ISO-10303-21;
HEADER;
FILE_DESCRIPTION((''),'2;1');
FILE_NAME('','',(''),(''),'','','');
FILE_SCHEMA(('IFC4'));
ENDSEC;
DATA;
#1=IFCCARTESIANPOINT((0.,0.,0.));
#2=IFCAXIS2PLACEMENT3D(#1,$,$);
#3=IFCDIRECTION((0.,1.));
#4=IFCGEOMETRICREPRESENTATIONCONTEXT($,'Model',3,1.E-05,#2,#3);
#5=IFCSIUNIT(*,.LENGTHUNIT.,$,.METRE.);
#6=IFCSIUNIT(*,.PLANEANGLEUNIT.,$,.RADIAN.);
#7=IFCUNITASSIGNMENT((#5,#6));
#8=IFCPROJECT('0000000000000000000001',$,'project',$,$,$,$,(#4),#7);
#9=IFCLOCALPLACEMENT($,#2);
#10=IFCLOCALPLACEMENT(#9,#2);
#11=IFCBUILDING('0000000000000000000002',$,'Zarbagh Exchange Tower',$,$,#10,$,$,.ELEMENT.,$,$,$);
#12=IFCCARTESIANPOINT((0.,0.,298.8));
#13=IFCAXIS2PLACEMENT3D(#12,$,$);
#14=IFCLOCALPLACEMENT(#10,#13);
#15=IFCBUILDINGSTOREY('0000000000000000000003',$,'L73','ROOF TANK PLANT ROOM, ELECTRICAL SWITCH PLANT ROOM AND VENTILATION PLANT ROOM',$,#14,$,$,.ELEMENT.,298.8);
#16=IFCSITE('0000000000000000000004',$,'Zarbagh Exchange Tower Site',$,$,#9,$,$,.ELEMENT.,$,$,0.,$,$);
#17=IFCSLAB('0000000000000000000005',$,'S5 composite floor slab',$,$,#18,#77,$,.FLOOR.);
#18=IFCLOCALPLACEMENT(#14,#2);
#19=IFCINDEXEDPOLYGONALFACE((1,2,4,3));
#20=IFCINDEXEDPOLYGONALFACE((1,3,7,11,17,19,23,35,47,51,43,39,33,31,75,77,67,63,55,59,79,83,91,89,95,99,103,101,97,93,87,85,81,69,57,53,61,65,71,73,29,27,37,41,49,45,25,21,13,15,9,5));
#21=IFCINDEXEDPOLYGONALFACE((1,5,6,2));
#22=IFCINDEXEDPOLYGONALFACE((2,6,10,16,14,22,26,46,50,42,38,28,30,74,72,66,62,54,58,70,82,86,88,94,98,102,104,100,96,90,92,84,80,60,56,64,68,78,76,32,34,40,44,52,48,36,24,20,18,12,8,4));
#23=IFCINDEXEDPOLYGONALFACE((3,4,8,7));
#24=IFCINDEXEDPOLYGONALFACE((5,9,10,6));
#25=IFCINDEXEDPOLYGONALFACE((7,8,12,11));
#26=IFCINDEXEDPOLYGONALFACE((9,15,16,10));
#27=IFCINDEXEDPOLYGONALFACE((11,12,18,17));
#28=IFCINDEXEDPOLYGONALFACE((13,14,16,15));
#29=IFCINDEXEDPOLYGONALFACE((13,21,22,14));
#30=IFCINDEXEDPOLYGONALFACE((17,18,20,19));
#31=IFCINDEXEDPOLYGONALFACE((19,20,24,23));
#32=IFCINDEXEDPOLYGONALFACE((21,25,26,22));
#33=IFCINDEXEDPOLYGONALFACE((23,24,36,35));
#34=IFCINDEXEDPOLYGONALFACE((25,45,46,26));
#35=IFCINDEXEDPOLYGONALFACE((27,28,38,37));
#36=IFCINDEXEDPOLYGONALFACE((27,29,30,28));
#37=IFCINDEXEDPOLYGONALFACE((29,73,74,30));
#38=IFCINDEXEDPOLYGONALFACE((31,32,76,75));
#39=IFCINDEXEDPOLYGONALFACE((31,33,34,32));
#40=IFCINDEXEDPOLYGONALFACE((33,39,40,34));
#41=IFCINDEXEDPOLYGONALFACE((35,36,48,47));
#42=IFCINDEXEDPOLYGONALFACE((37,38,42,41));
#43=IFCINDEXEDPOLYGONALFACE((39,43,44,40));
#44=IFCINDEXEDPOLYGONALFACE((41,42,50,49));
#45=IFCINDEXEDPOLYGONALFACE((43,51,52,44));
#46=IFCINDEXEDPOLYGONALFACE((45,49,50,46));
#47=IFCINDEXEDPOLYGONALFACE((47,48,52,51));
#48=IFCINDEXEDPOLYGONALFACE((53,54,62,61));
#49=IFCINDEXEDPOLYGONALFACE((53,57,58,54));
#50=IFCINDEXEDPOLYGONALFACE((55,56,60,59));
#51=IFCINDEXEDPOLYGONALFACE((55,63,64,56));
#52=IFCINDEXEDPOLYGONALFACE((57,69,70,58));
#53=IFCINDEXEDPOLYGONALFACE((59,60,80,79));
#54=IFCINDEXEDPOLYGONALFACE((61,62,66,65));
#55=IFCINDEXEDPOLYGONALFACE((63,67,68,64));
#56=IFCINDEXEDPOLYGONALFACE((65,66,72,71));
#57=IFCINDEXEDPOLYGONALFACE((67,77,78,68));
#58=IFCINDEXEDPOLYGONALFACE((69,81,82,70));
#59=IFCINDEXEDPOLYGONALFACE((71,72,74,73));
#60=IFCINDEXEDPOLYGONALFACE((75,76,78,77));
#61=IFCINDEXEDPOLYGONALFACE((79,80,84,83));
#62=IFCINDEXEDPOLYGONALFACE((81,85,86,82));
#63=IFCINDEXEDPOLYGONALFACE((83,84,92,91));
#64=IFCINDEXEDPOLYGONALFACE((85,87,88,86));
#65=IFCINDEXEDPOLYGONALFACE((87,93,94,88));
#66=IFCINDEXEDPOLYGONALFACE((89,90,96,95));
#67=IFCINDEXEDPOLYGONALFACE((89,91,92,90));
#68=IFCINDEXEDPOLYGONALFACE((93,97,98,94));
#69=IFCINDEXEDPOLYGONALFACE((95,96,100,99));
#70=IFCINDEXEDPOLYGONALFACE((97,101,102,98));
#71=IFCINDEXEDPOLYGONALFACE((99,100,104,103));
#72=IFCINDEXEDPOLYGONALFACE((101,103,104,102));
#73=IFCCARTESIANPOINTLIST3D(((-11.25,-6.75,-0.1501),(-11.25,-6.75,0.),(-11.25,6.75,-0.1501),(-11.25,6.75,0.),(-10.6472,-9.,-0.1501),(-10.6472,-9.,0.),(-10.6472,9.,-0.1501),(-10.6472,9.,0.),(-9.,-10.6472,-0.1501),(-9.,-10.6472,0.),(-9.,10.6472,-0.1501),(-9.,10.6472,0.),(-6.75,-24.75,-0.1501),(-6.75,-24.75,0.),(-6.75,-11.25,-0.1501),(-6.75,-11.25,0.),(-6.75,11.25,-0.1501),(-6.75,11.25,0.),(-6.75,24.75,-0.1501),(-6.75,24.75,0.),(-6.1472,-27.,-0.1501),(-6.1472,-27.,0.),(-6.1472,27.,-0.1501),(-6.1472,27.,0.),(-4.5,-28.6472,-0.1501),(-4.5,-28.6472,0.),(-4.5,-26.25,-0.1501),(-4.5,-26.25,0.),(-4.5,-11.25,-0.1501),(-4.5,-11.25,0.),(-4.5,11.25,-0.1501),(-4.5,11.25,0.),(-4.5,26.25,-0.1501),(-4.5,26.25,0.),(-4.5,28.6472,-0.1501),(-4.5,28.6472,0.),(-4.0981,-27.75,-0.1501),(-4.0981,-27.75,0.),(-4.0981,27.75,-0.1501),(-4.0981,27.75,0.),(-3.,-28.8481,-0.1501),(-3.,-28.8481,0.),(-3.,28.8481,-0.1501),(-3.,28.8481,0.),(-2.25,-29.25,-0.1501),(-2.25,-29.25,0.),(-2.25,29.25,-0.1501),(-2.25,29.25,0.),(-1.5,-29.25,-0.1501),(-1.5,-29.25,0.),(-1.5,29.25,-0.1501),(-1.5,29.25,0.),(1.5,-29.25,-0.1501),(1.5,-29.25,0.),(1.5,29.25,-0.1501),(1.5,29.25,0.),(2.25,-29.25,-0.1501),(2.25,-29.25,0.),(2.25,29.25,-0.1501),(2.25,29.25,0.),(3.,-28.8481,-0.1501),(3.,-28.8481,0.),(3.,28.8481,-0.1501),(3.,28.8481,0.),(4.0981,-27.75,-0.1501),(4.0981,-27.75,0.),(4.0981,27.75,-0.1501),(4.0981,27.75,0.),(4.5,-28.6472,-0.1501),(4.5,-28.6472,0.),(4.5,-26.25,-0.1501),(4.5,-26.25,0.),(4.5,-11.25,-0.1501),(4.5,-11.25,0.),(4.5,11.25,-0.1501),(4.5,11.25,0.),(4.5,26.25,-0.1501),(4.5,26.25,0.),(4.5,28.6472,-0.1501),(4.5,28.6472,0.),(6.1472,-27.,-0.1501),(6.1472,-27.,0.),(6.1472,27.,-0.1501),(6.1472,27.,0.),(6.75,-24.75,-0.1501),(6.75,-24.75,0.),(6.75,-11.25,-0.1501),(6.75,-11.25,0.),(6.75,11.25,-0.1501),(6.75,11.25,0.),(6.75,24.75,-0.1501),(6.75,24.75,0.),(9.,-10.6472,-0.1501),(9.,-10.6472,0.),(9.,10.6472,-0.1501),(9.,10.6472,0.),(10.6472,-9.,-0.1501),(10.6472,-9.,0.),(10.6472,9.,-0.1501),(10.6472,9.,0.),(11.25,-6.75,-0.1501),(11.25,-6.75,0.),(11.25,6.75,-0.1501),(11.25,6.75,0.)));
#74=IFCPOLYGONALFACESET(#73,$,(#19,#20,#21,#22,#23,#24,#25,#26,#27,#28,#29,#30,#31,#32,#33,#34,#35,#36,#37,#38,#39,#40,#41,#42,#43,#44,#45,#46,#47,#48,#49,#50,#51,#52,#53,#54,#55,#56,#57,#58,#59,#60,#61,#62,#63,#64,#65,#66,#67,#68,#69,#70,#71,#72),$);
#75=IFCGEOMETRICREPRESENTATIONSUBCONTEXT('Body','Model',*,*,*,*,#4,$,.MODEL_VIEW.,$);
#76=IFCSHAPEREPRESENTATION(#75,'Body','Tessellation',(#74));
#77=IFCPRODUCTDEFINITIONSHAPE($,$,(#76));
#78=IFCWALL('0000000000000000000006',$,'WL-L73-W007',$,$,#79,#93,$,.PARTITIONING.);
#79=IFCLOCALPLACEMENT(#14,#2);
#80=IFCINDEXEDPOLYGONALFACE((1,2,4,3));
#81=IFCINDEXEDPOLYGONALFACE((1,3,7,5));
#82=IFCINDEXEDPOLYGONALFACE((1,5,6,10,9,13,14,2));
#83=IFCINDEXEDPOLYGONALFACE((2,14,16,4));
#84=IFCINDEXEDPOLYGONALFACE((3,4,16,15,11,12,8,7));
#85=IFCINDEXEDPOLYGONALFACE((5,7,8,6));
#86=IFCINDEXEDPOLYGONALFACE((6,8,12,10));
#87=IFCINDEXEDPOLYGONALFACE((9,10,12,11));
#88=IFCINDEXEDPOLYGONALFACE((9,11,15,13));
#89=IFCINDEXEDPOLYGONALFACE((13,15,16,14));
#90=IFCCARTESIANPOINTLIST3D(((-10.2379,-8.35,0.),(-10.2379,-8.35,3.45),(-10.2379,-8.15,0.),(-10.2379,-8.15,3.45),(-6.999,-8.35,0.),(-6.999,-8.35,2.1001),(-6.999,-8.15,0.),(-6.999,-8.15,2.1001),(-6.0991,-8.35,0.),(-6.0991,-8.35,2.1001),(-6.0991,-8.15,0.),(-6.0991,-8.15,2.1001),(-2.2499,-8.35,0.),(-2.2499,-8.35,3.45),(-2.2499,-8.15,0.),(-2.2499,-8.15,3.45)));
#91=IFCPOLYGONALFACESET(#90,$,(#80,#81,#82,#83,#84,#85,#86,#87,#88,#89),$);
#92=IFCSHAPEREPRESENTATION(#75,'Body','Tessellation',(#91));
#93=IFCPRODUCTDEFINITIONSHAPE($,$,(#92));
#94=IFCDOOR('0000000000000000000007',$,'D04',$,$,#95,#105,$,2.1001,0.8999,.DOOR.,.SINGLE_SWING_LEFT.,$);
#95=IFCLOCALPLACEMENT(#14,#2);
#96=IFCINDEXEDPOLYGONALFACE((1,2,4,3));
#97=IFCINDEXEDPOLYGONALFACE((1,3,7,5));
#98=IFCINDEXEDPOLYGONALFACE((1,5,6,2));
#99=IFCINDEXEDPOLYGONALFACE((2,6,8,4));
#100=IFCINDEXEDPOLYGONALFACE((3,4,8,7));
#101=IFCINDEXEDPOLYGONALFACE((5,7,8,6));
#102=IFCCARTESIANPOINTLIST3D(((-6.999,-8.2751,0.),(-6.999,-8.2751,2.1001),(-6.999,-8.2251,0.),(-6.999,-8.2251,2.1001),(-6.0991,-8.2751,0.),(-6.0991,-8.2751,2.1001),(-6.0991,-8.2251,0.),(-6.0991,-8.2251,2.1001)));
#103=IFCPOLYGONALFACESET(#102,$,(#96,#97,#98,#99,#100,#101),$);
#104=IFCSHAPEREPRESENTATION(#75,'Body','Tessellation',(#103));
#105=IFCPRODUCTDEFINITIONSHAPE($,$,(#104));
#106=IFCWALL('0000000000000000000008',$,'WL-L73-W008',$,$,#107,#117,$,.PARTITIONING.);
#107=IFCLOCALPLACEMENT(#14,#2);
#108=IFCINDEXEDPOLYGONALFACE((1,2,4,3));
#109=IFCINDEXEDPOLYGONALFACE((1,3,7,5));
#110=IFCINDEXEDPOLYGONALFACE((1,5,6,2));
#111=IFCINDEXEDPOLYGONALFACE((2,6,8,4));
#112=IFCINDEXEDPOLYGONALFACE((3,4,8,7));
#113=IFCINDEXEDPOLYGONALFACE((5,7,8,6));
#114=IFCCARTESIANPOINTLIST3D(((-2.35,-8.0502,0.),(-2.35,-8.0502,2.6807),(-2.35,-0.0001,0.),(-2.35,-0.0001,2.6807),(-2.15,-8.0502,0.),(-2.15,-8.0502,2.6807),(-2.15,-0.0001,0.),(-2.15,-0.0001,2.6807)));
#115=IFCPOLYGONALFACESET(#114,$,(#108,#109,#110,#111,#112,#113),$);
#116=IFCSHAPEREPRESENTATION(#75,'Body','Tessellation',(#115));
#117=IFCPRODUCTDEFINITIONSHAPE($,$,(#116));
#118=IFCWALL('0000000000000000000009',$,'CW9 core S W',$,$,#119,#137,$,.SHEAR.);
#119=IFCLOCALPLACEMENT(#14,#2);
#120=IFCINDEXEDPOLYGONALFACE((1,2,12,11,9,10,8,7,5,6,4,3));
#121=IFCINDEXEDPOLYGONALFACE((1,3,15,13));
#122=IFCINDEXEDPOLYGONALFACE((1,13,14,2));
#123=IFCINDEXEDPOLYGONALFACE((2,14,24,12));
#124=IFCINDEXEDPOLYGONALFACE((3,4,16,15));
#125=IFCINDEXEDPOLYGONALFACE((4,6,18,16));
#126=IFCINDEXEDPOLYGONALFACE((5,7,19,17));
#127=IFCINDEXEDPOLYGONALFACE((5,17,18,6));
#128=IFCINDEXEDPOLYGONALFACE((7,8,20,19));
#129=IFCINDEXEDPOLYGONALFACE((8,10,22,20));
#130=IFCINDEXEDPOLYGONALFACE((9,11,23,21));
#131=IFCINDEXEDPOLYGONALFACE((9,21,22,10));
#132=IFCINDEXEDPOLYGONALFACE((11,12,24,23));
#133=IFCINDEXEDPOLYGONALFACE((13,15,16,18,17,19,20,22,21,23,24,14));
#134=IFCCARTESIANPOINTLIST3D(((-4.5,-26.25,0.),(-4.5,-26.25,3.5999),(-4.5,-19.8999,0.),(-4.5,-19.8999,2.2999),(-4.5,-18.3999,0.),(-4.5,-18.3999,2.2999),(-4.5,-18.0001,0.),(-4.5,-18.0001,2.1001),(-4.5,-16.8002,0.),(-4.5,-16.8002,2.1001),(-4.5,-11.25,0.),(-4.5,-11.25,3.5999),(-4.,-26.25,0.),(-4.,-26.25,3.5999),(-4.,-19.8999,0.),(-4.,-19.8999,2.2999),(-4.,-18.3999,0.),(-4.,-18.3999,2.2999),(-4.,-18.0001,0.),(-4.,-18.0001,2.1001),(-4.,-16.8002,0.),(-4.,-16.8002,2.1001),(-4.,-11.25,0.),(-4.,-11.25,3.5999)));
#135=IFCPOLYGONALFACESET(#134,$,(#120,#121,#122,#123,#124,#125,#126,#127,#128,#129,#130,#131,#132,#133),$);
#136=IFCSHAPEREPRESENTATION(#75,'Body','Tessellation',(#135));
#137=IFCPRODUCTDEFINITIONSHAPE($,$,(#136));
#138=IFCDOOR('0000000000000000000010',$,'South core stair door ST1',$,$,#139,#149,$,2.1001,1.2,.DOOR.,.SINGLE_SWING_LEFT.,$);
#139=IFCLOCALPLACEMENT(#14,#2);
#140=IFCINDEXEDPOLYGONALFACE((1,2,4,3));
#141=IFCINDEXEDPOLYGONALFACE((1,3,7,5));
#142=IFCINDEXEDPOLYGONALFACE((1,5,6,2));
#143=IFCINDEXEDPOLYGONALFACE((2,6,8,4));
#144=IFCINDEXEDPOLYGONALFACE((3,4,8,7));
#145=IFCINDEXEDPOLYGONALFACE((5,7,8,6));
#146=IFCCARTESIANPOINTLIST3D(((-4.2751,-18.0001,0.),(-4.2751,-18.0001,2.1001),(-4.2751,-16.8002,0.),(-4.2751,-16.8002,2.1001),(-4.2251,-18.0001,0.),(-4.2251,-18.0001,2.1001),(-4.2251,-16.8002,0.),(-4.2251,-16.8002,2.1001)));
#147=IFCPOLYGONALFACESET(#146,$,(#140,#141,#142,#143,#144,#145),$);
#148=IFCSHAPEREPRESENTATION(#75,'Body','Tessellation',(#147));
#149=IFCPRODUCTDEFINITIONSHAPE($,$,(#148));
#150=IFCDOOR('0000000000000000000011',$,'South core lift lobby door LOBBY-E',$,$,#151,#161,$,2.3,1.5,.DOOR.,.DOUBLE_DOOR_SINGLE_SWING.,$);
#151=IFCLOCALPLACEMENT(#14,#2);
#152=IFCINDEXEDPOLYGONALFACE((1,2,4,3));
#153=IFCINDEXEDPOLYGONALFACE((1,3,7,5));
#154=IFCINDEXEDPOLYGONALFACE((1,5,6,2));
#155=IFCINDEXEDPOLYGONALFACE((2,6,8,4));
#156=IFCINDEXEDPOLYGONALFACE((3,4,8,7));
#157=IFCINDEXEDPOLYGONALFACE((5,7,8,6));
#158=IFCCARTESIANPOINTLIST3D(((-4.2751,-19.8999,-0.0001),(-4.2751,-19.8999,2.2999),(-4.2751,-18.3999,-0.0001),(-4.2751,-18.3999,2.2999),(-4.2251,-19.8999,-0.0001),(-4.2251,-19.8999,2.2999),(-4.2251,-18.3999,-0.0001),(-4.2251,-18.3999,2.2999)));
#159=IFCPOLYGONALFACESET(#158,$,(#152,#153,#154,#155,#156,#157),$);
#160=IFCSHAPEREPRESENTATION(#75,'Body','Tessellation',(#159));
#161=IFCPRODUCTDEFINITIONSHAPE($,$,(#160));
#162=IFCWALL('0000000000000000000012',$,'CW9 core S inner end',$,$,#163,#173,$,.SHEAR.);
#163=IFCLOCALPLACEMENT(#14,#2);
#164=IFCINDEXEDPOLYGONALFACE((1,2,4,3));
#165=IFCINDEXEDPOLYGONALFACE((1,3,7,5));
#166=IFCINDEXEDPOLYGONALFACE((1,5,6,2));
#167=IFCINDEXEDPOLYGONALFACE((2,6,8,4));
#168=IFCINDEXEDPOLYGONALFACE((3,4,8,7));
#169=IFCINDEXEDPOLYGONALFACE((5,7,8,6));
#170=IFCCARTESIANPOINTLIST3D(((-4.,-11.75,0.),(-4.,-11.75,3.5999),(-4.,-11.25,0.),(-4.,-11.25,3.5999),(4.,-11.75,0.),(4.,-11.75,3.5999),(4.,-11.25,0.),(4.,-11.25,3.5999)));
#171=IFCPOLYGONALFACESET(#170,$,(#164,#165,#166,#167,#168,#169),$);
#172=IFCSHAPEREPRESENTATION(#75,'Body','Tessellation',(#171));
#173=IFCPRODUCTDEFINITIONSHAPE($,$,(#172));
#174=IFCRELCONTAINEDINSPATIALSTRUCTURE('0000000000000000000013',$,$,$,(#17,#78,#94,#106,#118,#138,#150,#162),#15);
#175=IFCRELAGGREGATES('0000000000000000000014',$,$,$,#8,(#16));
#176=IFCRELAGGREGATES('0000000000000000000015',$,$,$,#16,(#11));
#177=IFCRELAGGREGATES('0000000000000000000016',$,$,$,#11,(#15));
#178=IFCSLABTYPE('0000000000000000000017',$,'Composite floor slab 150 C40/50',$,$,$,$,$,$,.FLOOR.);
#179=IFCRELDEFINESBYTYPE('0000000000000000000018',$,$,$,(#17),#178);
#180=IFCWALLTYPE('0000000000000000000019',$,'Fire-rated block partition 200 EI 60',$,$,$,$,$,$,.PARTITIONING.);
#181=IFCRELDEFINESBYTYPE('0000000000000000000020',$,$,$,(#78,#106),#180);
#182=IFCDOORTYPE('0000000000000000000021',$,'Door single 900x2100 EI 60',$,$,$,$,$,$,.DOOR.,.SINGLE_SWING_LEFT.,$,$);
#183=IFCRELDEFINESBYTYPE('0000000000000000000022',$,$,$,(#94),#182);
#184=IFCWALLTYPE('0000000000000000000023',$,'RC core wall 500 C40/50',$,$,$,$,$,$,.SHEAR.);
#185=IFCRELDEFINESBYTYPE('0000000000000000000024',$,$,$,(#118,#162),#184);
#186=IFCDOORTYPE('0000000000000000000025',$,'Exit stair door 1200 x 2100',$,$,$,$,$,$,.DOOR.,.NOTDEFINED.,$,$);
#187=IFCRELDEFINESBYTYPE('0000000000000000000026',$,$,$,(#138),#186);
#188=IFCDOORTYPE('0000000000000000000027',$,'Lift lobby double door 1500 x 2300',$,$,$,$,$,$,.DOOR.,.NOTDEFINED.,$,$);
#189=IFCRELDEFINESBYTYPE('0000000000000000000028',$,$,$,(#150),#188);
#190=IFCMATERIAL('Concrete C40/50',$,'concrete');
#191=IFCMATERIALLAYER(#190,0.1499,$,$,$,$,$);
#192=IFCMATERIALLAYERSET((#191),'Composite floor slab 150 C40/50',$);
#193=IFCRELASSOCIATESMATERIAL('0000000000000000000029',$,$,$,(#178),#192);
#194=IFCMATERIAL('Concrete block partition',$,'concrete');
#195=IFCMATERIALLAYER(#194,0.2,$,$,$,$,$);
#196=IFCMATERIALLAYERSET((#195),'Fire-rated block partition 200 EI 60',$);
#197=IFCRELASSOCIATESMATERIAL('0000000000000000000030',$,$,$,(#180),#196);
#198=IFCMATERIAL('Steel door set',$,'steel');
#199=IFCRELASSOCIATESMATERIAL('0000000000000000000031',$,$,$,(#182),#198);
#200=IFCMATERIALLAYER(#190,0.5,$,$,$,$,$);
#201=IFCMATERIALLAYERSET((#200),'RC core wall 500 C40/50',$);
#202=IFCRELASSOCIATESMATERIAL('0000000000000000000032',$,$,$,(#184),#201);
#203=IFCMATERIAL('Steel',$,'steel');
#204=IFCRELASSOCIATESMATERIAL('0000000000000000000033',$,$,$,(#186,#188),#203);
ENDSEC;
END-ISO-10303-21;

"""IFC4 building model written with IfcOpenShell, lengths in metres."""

from ifc_helpers import new_model, si_unit, direction, frame, frame_2d, origin, place, context, subcontext, project, spatial, polyline, rectangle, outline, extrude, material, layer, layer_set, type_object, element, fill, save


model = new_model("IFC4")

# Units and contexts
model_context = context("Model", 3, precision=1e-05, world=origin(), true_north=direction((0.0, 1.0)))
body_context = subcontext(model_context, "Body", "Model", "MODEL_VIEW")
ifc_project = project(units=[si_unit("LENGTHUNIT", "METRE"), si_unit("PLANEANGLEUNIT", "RADIAN")], contexts=[model_context])

# Site, building, storey
site_placement = place(None, origin())
site = spatial("IfcSite", under=ifc_project, at=site_placement, Name="Zarbagh Exchange Tower Site", CompositionType="ELEMENT", RefElevation=0.0)
building_placement = place(site_placement, origin())
building = spatial("IfcBuilding", under=site, at=building_placement, Name="Zarbagh Exchange Tower", CompositionType="ELEMENT")
storey_placement = place(building_placement, frame((0.0, 0.0, 298.8)))
storey = spatial("IfcBuildingStorey", under=building, at=storey_placement, Name="L73", Description="ROOF TANK PLANT ROOM, ELECTRICAL SWITCH PLANT ROOM AND VENTILATION PLANT ROOM", CompositionType="ELEMENT", Elevation=298.8)

# Shared definitions
ifc_material_1 = material(Name="Concrete C40/50", Category="concrete")

# Slab
ifc_layer_1 = layer(ifc_material_1, 0.1499)
ifc_layer_set_1 = layer_set([ifc_layer_1], Name="Composite floor slab 150 C40/50")
slab_type = type_object("IfcSlabType", Name="Composite floor slab 150 C40/50", PredefinedType="FLOOR", material=ifc_layer_set_1)
slab_placement = place(storey_placement, frame((0.0, 0.0, -0.1501)))
element("IfcSlab", 1, at=slab_placement, inside=storey, type_object=slab_type, Name="S5 composite floor slab", PredefinedType="FLOOR", context=body_context, shape_type="SweptSolid", body=[
    extrude(outline(polyline([(1.5, -29.25), (3.0, -28.8481), (4.0981, -27.75), (4.5, -26.25), (4.5, -11.25), (-4.5, -11.25), (-4.5, -26.25), (-4.0981, -27.75), (-3.0, -28.8481), (-1.5, -29.25), (-2.25, -29.25), (-4.5, -28.6472), (-6.1472, -27.0), (-6.75, -24.75), (-6.75, -11.25), (-9.0, -10.6472), (-10.6472, -9.0), (-11.25, -6.75), (-11.25, 6.75), (-10.6472, 9.0), (-9.0, 10.6472), (-6.75, 11.25), (-6.75, 24.75), (-6.1472, 27.0), (-4.5, 28.6472), (-2.25, 29.25), (-1.5, 29.25), (-3.0, 28.8481), (-4.0981, 27.75), (-4.5, 26.25), (-4.5, 11.25), (4.5, 11.25), (4.5, 26.25), (4.0981, 27.75), (3.0, 28.8481), (1.5, 29.25), (2.25, 29.25), (4.5, 28.6472), (6.1472, 27.0), (6.75, 24.75), (6.75, 11.25), (9.0, 10.6472), (10.6472, 9.0), (11.25, 6.75), (11.25, -6.75), (10.6472, -9.0), (9.0, -10.6472), (6.75, -11.25), (6.75, -24.75), (6.1472, -27.0), (4.5, -28.6472), (2.25, -29.25), (1.5, -29.25)])), origin(), (0.0, 0.0, 1.0), 0.1501),
])

# Wall, opening, door
ifc_material_2 = material(Name="Concrete block partition", Category="concrete")
ifc_layer_2 = layer(ifc_material_2, 0.2)
ifc_layer_set_2 = layer_set([ifc_layer_2], Name="Fire-rated block partition 200 EI 60")
wall_type_1 = type_object("IfcWallType", Name="Fire-rated block partition 200 EI 60", PredefinedType="PARTITIONING", material=ifc_layer_set_2)
wall_1_placement = place(storey_placement, frame((-10.238, -8.25, 0.0), z_axis=(0.0, 0.0, 1.0), x_axis=(1.0, 0.0, 0.0)))
wall_1 = element("IfcWall", 2, at=wall_1_placement, inside=storey, type_object=wall_type_1, Name="WL-L73-W007", PredefinedType="PARTITIONING", context=body_context, shape_type="SweptSolid", body=[
    extrude(rectangle(XDim=7.988, YDim=0.2, at=frame_2d((3.9941, 0.0))), origin(), (0.0, 0.0, 1.0), 3.45),
])
opening_1_placement = place(wall_1_placement, frame((3.239, 0.0, 0.0)))
opening_1 = element("IfcOpeningElement", 3, at=opening_1_placement, cuts=wall_1, PredefinedType="OPENING", context=body_context, shape_type="SweptSolid", body=[
    extrude(rectangle(XDim=0.8999, YDim=2.1001, at=frame_2d((0.45, 1.05))), frame((0.0, 0.1099, 0.0), z_axis=(0.0, -1.0, 0.0), x_axis=(1.0, 0.0, 0.0)), (0.0, 0.0, 1.0), 0.22),
])
ifc_material_3 = material(Name="Steel door set", Category="steel")
door_type_1 = type_object("IfcDoorType", Name="Door single 900x2100 EI 60", OperationType="SINGLE_SWING_LEFT", PredefinedType="DOOR", material=ifc_material_3)
door_1_placement = place(opening_1_placement, origin())
door_1 = element("IfcDoor", 4, at=door_1_placement, inside=storey, type_object=door_type_1, Name="D04", OperationType="SINGLE_SWING_LEFT", OverallHeight=2.1001, OverallWidth=0.8999, PredefinedType="DOOR", context=body_context, shape_type="SweptSolid", body=[
    extrude(rectangle(XDim=0.8999, YDim=2.1001, at=frame_2d((0.45, 1.05))), frame((0.0, 0.0249, 0.0), z_axis=(0.0, -1.0, 0.0), x_axis=(1.0, 0.0, 0.0)), (0.0, 0.0, 1.0), 0.05),
])
fill(opening_1, door_1)

# Wall
wall_2_placement = place(storey_placement, frame((-2.25, -8.05, 0.0), z_axis=(0.0, 0.0, 1.0), x_axis=(0.0, 1.0, 0.0)))
element("IfcWall", 5, at=wall_2_placement, inside=storey, type_object=wall_type_1, Name="WL-L73-W008", PredefinedType="PARTITIONING", context=body_context, shape_type="SweptSolid", body=[
    extrude(rectangle(XDim=8.05, YDim=0.2, at=frame_2d((4.0249, 0.0))), origin(), (0.0, 0.0, 1.0), 2.6807),
])

# Wall, openings, doors
ifc_layer_3 = layer(ifc_material_1, 0.5)
ifc_layer_set_3 = layer_set([ifc_layer_3], Name="RC core wall 500 C40/50")
wall_type_2 = type_object("IfcWallType", Name="RC core wall 500 C40/50", PredefinedType="SHEAR", material=ifc_layer_set_3)
wall_3_placement = place(storey_placement, frame((-4.25, -11.25, 0.0), z_axis=(0.0, 0.0, 1.0), x_axis=(0.0, -1.0, 0.0)))
wall_3 = element("IfcWall", 6, at=wall_3_placement, inside=storey, type_object=wall_type_2, Name="CW9 core S W", PredefinedType="SHEAR", context=body_context, shape_type="SweptSolid", body=[
    extrude(rectangle(XDim=15.0, YDim=0.5, at=frame_2d((7.5, 0.0))), origin(), (0.0, 0.0, 1.0), 3.5999),
])
opening_2_placement = place(wall_3_placement, frame((7.1499, 0.0, 0.0)))
opening_2 = element("IfcOpeningElement", 7, at=opening_2_placement, cuts=wall_3, PredefinedType="OPENING", context=body_context, shape_type="SweptSolid", body=[
    extrude(rectangle(XDim=1.5, YDim=2.3, at=frame_2d((0.75, 1.1499))), frame((0.0, 0.26, 0.0), z_axis=(0.0, -1.0, 0.0), x_axis=(1.0, 0.0, 0.0)), (0.0, 0.0, 1.0), 0.52),
])
opening_3_placement = place(wall_3_placement, frame((5.55, 0.0, 0.0)))
opening_3 = element("IfcOpeningElement", 8, at=opening_3_placement, cuts=wall_3, PredefinedType="OPENING", context=body_context, shape_type="SweptSolid", body=[
    extrude(rectangle(XDim=1.2, YDim=2.1001, at=frame_2d((0.6001, 1.05))), frame((0.0, 0.26, 0.0), z_axis=(0.0, -1.0, 0.0), x_axis=(1.0, 0.0, 0.0)), (0.0, 0.0, 1.0), 0.52),
])
ifc_material_4 = material(Name="Steel", Category="steel")
door_type_2 = type_object("IfcDoorType", Name="Exit stair door 1200 x 2100", OperationType="NOTDEFINED", PredefinedType="DOOR", material=ifc_material_4)
door_2_placement = place(opening_3_placement, origin())
door_2 = element("IfcDoor", 9, at=door_2_placement, inside=storey, type_object=door_type_2, Name="South core stair door ST1", OperationType="SINGLE_SWING_LEFT", OverallHeight=2.1001, OverallWidth=1.2, PredefinedType="DOOR", context=body_context, shape_type="SweptSolid", body=[
    extrude(rectangle(XDim=1.2, YDim=2.1001, at=frame_2d((0.6001, 1.05))), frame((0.0, 0.0249, 0.0), z_axis=(0.0, -1.0, 0.0), x_axis=(1.0, 0.0, 0.0)), (0.0, 0.0, 1.0), 0.05),
])
fill(opening_3, door_2)
door_type_3 = type_object("IfcDoorType", Name="Lift lobby double door 1500 x 2300", OperationType="NOTDEFINED", PredefinedType="DOOR", material=ifc_material_4)
door_3_placement = place(opening_2_placement, origin())
door_3 = element("IfcDoor", 10, at=door_3_placement, inside=storey, type_object=door_type_3, Name="South core lift lobby door LOBBY-E", OperationType="DOUBLE_DOOR_SINGLE_SWING", OverallHeight=2.3, OverallWidth=1.5, PredefinedType="DOOR", context=body_context, shape_type="SweptSolid", body=[
    extrude(rectangle(XDim=1.5, YDim=2.3, at=frame_2d((0.75, 1.1499))), frame((0.0, 0.0249, 0.0), z_axis=(0.0, -1.0, 0.0), x_axis=(1.0, 0.0, 0.0)), (0.0, 0.0, 1.0), 0.05),
])
fill(opening_2, door_3)

# Wall
wall_4_placement = place(storey_placement, frame((-4.0, -11.5, 0.0), z_axis=(0.0, 0.0, 1.0), x_axis=(1.0, 0.0, 0.0)))
element("IfcWall", 11, at=wall_4_placement, inside=storey, type_object=wall_type_2, Name="CW9 core S inner end", PredefinedType="SHEAR", context=body_context, shape_type="SweptSolid", body=[
    extrude(rectangle(XDim=8.0, YDim=0.5, at=frame_2d((4.0, 0.0))), origin(), (0.0, 0.0, 1.0), 3.5999),
])

save(model, "model.ifc")
